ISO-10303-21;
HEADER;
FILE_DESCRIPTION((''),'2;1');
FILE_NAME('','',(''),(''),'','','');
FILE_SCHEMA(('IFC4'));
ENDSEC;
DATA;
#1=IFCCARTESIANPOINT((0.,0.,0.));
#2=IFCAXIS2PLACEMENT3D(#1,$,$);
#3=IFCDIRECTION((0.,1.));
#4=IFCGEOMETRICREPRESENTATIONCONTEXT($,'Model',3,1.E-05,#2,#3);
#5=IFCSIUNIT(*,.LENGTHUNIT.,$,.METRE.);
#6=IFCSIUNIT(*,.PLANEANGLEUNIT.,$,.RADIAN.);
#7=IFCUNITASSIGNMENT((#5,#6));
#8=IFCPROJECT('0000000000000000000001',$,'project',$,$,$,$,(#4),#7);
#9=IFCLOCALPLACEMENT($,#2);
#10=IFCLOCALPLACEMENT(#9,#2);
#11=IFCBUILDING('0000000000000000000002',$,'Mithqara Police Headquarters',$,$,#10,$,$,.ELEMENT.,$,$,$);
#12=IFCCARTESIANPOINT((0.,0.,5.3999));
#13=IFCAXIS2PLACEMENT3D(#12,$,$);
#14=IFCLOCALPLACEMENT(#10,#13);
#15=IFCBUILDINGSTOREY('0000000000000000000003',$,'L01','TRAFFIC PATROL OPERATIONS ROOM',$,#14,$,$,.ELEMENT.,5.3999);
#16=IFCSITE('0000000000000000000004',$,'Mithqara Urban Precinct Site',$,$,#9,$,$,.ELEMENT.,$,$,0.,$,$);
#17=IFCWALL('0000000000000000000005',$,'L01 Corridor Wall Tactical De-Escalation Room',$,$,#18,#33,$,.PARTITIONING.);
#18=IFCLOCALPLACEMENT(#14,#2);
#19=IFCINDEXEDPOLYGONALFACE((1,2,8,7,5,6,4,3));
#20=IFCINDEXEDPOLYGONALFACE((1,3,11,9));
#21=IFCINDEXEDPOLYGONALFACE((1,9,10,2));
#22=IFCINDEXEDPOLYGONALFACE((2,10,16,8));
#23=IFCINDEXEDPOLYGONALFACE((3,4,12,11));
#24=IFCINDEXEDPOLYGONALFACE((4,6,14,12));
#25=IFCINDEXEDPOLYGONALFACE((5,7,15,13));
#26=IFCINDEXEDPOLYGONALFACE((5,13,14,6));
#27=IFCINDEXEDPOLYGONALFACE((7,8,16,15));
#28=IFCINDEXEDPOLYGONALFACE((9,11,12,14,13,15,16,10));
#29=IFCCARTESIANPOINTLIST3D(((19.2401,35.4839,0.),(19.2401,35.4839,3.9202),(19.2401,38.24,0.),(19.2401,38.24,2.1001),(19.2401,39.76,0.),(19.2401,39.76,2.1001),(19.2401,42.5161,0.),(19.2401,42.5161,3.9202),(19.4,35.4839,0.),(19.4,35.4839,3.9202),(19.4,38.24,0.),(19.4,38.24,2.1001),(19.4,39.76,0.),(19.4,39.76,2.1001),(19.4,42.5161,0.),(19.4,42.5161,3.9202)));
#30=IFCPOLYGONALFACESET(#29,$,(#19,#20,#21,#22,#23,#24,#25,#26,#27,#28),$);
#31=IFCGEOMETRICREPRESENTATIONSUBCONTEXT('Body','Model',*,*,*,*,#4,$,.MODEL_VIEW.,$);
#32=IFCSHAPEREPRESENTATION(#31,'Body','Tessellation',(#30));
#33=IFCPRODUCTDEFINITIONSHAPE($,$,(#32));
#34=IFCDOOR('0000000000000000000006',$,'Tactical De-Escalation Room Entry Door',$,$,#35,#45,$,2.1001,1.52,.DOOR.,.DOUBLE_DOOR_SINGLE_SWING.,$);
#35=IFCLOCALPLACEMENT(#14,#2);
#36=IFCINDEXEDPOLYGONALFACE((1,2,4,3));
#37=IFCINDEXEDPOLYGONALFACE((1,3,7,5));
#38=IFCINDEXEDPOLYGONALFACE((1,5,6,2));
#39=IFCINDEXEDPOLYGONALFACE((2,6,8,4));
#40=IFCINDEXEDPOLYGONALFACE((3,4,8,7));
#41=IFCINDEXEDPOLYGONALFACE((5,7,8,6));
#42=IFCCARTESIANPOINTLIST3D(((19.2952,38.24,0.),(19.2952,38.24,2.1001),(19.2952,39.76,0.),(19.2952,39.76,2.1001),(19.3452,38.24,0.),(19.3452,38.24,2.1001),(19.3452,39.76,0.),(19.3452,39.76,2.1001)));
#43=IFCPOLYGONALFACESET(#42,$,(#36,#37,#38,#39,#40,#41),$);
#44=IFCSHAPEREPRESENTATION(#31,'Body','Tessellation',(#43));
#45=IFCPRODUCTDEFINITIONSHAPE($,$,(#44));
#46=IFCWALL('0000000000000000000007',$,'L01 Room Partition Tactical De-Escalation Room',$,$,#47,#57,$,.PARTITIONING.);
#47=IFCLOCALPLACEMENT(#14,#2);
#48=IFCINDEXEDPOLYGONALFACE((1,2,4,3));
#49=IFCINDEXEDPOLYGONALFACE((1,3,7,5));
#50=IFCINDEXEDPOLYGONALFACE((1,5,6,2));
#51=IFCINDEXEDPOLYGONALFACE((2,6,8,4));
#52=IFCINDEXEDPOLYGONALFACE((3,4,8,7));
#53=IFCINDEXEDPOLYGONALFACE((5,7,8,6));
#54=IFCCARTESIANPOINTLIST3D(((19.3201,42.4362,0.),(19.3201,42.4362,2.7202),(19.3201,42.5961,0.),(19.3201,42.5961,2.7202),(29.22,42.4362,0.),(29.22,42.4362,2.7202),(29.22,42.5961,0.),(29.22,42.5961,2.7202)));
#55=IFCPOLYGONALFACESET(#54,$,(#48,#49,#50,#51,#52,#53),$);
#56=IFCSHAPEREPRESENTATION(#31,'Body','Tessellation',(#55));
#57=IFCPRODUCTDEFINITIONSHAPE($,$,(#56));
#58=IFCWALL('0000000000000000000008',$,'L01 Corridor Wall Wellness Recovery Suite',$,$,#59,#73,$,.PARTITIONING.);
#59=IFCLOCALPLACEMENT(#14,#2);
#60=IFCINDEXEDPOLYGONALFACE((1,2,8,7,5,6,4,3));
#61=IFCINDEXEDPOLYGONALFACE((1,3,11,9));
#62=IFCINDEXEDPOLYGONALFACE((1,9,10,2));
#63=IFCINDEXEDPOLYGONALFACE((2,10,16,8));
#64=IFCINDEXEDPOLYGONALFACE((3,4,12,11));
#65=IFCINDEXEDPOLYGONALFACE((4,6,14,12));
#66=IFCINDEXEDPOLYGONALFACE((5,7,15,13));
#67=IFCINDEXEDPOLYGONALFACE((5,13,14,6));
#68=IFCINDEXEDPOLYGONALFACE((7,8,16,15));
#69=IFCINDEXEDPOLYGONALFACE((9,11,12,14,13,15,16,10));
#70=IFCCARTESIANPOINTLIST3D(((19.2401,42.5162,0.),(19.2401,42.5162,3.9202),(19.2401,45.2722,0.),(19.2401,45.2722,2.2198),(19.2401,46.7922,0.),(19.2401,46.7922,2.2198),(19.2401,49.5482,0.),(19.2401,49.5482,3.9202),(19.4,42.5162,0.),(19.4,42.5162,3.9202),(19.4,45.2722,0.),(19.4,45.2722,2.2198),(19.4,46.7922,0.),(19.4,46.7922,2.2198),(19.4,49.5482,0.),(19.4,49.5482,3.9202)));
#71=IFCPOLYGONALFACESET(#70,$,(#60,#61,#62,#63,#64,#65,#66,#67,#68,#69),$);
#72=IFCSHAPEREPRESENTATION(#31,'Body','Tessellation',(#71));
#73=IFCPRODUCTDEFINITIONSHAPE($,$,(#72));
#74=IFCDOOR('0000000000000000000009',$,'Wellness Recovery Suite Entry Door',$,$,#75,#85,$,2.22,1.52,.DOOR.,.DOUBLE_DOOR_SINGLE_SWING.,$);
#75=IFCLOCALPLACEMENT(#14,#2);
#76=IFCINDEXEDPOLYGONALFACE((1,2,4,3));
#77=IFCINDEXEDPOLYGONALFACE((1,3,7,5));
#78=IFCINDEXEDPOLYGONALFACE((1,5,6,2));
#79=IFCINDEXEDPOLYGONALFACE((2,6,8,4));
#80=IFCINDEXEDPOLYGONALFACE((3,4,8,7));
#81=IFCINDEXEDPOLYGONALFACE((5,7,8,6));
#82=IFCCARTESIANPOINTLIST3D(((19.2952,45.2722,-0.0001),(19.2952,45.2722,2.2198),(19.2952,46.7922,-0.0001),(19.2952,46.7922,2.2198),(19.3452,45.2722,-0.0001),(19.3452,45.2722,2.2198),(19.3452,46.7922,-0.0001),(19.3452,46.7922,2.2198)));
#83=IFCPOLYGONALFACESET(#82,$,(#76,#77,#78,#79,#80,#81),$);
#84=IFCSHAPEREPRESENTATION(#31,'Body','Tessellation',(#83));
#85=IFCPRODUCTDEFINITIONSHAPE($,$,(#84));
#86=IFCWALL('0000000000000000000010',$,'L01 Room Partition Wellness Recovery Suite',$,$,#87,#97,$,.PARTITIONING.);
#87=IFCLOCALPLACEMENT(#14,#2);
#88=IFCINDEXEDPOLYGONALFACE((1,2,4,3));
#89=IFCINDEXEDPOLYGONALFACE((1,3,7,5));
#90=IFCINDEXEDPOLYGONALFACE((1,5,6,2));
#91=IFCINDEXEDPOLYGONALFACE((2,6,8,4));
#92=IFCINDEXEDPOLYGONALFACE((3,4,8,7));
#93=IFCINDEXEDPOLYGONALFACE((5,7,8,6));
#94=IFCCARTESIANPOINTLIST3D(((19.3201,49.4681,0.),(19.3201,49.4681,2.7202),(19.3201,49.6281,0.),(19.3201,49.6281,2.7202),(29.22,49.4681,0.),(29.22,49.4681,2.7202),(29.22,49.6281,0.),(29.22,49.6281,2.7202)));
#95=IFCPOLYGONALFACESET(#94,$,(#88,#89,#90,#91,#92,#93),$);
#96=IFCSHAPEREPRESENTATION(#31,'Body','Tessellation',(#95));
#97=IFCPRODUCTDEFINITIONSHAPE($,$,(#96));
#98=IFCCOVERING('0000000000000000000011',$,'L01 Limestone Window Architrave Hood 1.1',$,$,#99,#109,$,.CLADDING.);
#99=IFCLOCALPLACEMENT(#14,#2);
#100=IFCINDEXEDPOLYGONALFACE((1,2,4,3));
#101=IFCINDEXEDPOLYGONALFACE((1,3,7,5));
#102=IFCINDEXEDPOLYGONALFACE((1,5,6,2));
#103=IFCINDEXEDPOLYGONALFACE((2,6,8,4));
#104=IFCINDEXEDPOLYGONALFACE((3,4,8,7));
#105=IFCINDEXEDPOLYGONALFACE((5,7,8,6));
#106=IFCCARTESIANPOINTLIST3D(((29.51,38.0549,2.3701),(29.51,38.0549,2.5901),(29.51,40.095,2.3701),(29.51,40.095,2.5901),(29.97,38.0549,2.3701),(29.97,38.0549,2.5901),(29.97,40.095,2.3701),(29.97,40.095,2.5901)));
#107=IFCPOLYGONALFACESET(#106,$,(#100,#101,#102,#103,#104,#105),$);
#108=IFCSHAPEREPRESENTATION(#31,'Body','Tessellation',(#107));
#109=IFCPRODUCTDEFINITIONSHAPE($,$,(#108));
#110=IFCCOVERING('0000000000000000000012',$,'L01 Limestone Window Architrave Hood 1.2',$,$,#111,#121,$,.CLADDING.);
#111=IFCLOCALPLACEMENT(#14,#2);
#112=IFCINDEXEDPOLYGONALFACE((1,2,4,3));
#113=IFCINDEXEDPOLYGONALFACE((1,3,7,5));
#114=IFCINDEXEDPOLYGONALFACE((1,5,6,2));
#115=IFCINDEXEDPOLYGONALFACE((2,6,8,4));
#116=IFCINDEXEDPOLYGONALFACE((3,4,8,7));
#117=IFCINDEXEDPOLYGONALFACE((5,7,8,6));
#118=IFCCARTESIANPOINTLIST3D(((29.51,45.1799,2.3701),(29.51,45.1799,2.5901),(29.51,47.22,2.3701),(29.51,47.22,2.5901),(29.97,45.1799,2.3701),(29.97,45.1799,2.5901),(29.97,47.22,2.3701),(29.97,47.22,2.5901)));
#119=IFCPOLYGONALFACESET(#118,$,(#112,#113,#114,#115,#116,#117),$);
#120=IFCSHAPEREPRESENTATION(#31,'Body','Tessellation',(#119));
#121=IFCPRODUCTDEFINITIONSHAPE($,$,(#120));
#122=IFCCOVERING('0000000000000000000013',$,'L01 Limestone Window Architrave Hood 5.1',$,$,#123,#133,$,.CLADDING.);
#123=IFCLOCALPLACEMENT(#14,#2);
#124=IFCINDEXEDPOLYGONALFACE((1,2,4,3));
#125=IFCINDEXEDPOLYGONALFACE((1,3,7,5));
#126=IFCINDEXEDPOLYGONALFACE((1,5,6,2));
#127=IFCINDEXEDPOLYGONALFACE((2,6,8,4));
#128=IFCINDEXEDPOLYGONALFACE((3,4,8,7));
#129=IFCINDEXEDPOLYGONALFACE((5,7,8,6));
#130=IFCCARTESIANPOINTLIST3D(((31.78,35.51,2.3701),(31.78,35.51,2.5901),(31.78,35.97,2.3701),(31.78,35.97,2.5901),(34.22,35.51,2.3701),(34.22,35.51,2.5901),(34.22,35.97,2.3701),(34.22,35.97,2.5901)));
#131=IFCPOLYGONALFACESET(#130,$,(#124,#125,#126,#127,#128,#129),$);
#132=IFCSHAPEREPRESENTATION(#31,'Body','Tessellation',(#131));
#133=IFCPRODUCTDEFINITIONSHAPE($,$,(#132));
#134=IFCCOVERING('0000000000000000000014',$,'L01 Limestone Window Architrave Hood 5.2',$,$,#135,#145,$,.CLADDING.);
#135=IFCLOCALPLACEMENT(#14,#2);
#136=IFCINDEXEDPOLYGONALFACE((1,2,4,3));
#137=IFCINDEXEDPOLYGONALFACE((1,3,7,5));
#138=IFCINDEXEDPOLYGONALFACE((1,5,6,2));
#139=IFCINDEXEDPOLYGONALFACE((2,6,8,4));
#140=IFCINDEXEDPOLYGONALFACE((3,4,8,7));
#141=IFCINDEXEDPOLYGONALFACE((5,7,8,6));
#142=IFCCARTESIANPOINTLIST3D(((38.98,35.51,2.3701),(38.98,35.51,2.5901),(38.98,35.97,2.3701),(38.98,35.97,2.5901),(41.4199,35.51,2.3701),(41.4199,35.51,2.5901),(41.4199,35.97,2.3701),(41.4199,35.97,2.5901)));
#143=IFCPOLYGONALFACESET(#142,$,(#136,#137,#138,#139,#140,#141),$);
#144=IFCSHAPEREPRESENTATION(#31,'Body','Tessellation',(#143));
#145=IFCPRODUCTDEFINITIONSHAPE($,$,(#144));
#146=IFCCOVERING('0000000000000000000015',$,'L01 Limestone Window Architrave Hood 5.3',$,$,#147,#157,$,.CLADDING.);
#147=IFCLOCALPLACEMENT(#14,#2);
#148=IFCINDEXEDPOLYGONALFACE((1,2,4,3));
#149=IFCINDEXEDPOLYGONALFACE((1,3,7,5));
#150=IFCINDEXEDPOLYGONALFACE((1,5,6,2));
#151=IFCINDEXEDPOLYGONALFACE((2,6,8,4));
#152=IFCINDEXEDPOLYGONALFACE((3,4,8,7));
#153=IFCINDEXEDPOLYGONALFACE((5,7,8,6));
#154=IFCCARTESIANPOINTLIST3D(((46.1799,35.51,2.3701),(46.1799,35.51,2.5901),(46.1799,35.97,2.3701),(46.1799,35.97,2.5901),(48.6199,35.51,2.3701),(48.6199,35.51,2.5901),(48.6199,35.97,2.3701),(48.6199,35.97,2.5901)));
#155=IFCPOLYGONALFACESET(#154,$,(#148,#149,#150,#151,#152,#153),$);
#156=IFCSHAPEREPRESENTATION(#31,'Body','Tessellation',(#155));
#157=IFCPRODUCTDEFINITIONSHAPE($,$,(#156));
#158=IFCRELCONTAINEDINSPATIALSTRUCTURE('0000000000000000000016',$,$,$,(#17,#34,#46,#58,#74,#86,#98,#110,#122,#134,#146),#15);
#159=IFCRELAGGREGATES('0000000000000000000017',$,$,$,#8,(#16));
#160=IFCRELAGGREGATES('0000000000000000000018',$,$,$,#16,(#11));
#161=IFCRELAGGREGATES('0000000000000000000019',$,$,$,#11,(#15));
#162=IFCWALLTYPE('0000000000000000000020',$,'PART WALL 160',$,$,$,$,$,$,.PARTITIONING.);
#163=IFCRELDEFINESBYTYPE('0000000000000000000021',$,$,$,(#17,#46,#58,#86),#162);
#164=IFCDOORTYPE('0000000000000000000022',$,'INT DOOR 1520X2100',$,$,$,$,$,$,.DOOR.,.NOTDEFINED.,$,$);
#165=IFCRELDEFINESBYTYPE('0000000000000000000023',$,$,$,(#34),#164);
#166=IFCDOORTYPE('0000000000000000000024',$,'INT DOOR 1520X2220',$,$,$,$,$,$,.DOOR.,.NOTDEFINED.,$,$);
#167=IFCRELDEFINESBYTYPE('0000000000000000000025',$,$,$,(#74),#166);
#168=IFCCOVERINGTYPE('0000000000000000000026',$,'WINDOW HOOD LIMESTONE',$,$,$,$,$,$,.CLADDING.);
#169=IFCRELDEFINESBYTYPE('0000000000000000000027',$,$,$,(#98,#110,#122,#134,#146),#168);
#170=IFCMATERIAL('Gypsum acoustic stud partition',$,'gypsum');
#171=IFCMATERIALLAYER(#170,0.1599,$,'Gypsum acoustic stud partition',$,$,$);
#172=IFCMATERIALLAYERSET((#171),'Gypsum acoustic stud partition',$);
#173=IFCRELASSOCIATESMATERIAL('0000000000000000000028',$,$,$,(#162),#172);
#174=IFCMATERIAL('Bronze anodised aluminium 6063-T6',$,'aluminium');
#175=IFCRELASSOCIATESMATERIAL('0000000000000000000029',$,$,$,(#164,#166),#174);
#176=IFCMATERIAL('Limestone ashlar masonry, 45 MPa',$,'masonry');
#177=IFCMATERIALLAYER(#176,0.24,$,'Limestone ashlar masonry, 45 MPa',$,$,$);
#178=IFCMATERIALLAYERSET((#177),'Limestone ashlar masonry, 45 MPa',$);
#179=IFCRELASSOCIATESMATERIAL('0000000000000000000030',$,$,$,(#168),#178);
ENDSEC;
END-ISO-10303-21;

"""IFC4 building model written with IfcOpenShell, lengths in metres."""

from ifc_helpers import new_model, si_unit, direction, frame, frame_2d, origin, origin_2d, place, context, subcontext, project, spatial, rectangle, extrude, material, layer, layer_set, type_object, element, fill, save


model = new_model("IFC4")

# Units and contexts
model_context = context("Model", 3, precision=1e-05, world=origin(), true_north=direction((0.0, 1.0)))
body_context = subcontext(model_context, "Body", "Model", "MODEL_VIEW")
ifc_project = project(units=[si_unit("LENGTHUNIT", "METRE"), si_unit("PLANEANGLEUNIT", "RADIAN")], contexts=[model_context])

# Site, building, storey
site_placement = place(None, origin())
site = spatial("IfcSite", under=ifc_project, at=site_placement, Name="Mithqara Urban Precinct Site", CompositionType="ELEMENT", RefElevation=0.0)
building_placement = place(site_placement, origin())
building = spatial("IfcBuilding", under=site, at=building_placement, Name="Mithqara Police Headquarters", CompositionType="ELEMENT")
storey_placement = place(building_placement, frame((0.0, 0.0, 5.3999)))
storey = spatial("IfcBuildingStorey", under=building, at=storey_placement, Name="L01", Description="TRAFFIC PATROL OPERATIONS ROOM", CompositionType="ELEMENT", Elevation=5.3999)

# Wall, opening, door
ifc_material_1 = material(Name="Gypsum acoustic stud partition", Category="gypsum")
ifc_layer_1 = layer(ifc_material_1, 0.1599, Name="Gypsum acoustic stud partition")
ifc_layer_set_1 = layer_set([ifc_layer_1], Name="Gypsum acoustic stud partition")
wall_type_1 = type_object("IfcWallType", Name="PART WALL 160", PredefinedType="PARTITIONING", material=ifc_layer_set_1)
wall_1_placement = place(storey_placement, frame((19.3201, 35.4839, 0.0), z_axis=(0.0, 0.0, 1.0), x_axis=(0.0, 1.0, 0.0)))
wall_1 = element("IfcWall", 1, at=wall_1_placement, inside=storey, type_object=wall_type_1, Name="L01 Corridor Wall Tactical De-Escalation Room", PredefinedType="PARTITIONING", context=body_context, shape_type="SweptSolid", body=[
    extrude(rectangle(XDim=7.0322, YDim=0.1599, at=frame_2d((3.5161, 0.0))), origin(), (0.0, 0.0, 1.0), 3.9202),
])
opening_1_placement = place(wall_1_placement, frame((2.7561, 0.0, 0.0)))
opening_1 = element("IfcOpeningElement", 2, at=opening_1_placement, cuts=wall_1, PredefinedType="OPENING", context=body_context, shape_type="SweptSolid", body=[
    extrude(rectangle(XDim=1.52, YDim=2.1001, at=frame_2d((0.76, 1.05))), frame((0.0, 0.0898, 0.0), z_axis=(0.0, -1.0, 0.0), x_axis=(1.0, 0.0, 0.0)), (0.0, 0.0, 1.0), 0.1799),
])
ifc_material_2 = material(Name="Bronze anodised aluminium 6063-T6", Category="aluminium")
door_type_1 = type_object("IfcDoorType", Name="INT DOOR 1520X2100", OperationType="NOTDEFINED", PredefinedType="DOOR", material=ifc_material_2)
door_1_placement = place(opening_1_placement, origin())
door_1 = element("IfcDoor", 3, at=door_1_placement, inside=storey, type_object=door_type_1, Name="Tactical De-Escalation Room Entry Door", OperationType="DOUBLE_DOOR_SINGLE_SWING", OverallHeight=2.1001, OverallWidth=1.52, PredefinedType="DOOR", context=body_context, shape_type="SweptSolid", body=[
    extrude(rectangle(XDim=1.52, YDim=2.1001, at=frame_2d((0.76, 1.05))), frame((0.0, 0.0249, 0.0), z_axis=(0.0, -1.0, 0.0), x_axis=(1.0, 0.0, 0.0)), (0.0, 0.0, 1.0), 0.05),
])
fill(opening_1, door_1)

# Wall
wall_2_placement = place(storey_placement, frame((19.3201, 42.5161, 0.0), z_axis=(0.0, 0.0, 1.0), x_axis=(1.0, 0.0, 0.0)))
element("IfcWall", 4, at=wall_2_placement, inside=storey, type_object=wall_type_1, Name="L01 Room Partition Tactical De-Escalation Room", PredefinedType="PARTITIONING", context=body_context, shape_type="SweptSolid", body=[
    extrude(rectangle(XDim=9.8999, YDim=0.1599, at=frame_2d((4.95, 0.0))), origin(), (0.0, 0.0, 1.0), 2.7202),
])

# Wall, opening, door
wall_3_placement = place(storey_placement, frame((19.3201, 42.5161, 0.0), z_axis=(0.0, 0.0, 1.0), x_axis=(0.0, 1.0, 0.0)))
wall_3 = element("IfcWall", 5, at=wall_3_placement, inside=storey, type_object=wall_type_1, Name="L01 Corridor Wall Wellness Recovery Suite", PredefinedType="PARTITIONING", context=body_context, shape_type="SweptSolid", body=[
    extrude(rectangle(XDim=7.032, YDim=0.1599, at=frame_2d((3.5161, 0.0))), origin(), (0.0, 0.0, 1.0), 3.9202),
])
opening_2_placement = place(wall_3_placement, frame((2.7561, 0.0, 0.0)))
opening_2 = element("IfcOpeningElement", 6, at=opening_2_placement, cuts=wall_3, PredefinedType="OPENING", context=body_context, shape_type="SweptSolid", body=[
    extrude(rectangle(XDim=1.52, YDim=2.22, at=frame_2d((0.76, 1.1099))), frame((0.0, 0.0898, 0.0), z_axis=(0.0, -1.0, 0.0), x_axis=(1.0, 0.0, 0.0)), (0.0, 0.0, 1.0), 0.1799),
])
door_type_2 = type_object("IfcDoorType", Name="INT DOOR 1520X2220", OperationType="NOTDEFINED", PredefinedType="DOOR", material=ifc_material_2)
door_2_placement = place(opening_2_placement, origin())
door_2 = element("IfcDoor", 7, at=door_2_placement, inside=storey, type_object=door_type_2, Name="Wellness Recovery Suite Entry Door", OperationType="DOUBLE_DOOR_SINGLE_SWING", OverallHeight=2.22, OverallWidth=1.52, PredefinedType="DOOR", context=body_context, shape_type="SweptSolid", body=[
    extrude(rectangle(XDim=1.52, YDim=2.22, at=frame_2d((0.76, 1.1099))), frame((0.0, 0.0249, 0.0), z_axis=(0.0, -1.0, 0.0), x_axis=(1.0, 0.0, 0.0)), (0.0, 0.0, 1.0), 0.05),
])
fill(opening_2, door_2)

# Wall
wall_4_placement = place(storey_placement, frame((19.3201, 49.5481, 0.0), z_axis=(0.0, 0.0, 1.0), x_axis=(1.0, 0.0, 0.0)))
element("IfcWall", 8, at=wall_4_placement, inside=storey, type_object=wall_type_1, Name="L01 Room Partition Wellness Recovery Suite", PredefinedType="PARTITIONING", context=body_context, shape_type="SweptSolid", body=[
    extrude(rectangle(XDim=9.8999, YDim=0.1599, at=frame_2d((4.95, 0.0))), origin(), (0.0, 0.0, 1.0), 2.7202),
])

# Coverings
ifc_material_3 = material(Name="Limestone ashlar masonry, 45 MPa", Category="masonry")
ifc_layer_2 = layer(ifc_material_3, 0.24, Name="Limestone ashlar masonry, 45 MPa")
ifc_layer_set_2 = layer_set([ifc_layer_2], Name="Limestone ashlar masonry, 45 MPa")
covering_type = type_object("IfcCoveringType", Name="WINDOW HOOD LIMESTONE", PredefinedType="CLADDING", material=ifc_layer_set_2)
for number, where, z_axis, x_axis, name in (
    (9, (29.74, 39.075, 2.3701), (0.0, 0.0, 1.0), (0.0, 1.0, 0.0), "L01 Limestone Window Architrave Hood 1.1"),
    (10, (29.74, 46.2, 2.3701), (0.0, 0.0, 1.0), (0.0, 1.0, 0.0), "L01 Limestone Window Architrave Hood 1.2"),
):
    element("IfcCovering", number, at=place(storey_placement, frame(where, z_axis=z_axis, x_axis=x_axis)), inside=storey, type_object=covering_type, Name=name, PredefinedType="CLADDING", context=body_context, shape_type="SweptSolid", body=[
        extrude(rectangle(XDim=2.04, YDim=0.46, at=origin_2d()), origin(), (0.0, 0.0, 1.0), 0.22),
    ])
for number, where, z_axis, x_axis, name in (
    (11, (33.0, 35.74, 2.3701), (0.0, 0.0, 1.0), (1.0, 0.0, 0.0), "L01 Limestone Window Architrave Hood 5.1"),
    (12, (40.2, 35.74, 2.3701), (0.0, 0.0, 1.0), (1.0, 0.0, 0.0), "L01 Limestone Window Architrave Hood 5.2"),
    (13, (47.3999, 35.74, 2.3701), (0.0, 0.0, 1.0), (1.0, 0.0, 0.0), "L01 Limestone Window Architrave Hood 5.3"),
):
    element("IfcCovering", number, at=place(storey_placement, frame(where, z_axis=z_axis, x_axis=x_axis)), inside=storey, type_object=covering_type, Name=name, PredefinedType="CLADDING", context=body_context, shape_type="SweptSolid", body=[
        extrude(rectangle(XDim=2.4399, YDim=0.46, at=origin_2d()), origin(), (0.0, 0.0, 1.0), 0.22),
    ])

save(model, "model.ifc")
